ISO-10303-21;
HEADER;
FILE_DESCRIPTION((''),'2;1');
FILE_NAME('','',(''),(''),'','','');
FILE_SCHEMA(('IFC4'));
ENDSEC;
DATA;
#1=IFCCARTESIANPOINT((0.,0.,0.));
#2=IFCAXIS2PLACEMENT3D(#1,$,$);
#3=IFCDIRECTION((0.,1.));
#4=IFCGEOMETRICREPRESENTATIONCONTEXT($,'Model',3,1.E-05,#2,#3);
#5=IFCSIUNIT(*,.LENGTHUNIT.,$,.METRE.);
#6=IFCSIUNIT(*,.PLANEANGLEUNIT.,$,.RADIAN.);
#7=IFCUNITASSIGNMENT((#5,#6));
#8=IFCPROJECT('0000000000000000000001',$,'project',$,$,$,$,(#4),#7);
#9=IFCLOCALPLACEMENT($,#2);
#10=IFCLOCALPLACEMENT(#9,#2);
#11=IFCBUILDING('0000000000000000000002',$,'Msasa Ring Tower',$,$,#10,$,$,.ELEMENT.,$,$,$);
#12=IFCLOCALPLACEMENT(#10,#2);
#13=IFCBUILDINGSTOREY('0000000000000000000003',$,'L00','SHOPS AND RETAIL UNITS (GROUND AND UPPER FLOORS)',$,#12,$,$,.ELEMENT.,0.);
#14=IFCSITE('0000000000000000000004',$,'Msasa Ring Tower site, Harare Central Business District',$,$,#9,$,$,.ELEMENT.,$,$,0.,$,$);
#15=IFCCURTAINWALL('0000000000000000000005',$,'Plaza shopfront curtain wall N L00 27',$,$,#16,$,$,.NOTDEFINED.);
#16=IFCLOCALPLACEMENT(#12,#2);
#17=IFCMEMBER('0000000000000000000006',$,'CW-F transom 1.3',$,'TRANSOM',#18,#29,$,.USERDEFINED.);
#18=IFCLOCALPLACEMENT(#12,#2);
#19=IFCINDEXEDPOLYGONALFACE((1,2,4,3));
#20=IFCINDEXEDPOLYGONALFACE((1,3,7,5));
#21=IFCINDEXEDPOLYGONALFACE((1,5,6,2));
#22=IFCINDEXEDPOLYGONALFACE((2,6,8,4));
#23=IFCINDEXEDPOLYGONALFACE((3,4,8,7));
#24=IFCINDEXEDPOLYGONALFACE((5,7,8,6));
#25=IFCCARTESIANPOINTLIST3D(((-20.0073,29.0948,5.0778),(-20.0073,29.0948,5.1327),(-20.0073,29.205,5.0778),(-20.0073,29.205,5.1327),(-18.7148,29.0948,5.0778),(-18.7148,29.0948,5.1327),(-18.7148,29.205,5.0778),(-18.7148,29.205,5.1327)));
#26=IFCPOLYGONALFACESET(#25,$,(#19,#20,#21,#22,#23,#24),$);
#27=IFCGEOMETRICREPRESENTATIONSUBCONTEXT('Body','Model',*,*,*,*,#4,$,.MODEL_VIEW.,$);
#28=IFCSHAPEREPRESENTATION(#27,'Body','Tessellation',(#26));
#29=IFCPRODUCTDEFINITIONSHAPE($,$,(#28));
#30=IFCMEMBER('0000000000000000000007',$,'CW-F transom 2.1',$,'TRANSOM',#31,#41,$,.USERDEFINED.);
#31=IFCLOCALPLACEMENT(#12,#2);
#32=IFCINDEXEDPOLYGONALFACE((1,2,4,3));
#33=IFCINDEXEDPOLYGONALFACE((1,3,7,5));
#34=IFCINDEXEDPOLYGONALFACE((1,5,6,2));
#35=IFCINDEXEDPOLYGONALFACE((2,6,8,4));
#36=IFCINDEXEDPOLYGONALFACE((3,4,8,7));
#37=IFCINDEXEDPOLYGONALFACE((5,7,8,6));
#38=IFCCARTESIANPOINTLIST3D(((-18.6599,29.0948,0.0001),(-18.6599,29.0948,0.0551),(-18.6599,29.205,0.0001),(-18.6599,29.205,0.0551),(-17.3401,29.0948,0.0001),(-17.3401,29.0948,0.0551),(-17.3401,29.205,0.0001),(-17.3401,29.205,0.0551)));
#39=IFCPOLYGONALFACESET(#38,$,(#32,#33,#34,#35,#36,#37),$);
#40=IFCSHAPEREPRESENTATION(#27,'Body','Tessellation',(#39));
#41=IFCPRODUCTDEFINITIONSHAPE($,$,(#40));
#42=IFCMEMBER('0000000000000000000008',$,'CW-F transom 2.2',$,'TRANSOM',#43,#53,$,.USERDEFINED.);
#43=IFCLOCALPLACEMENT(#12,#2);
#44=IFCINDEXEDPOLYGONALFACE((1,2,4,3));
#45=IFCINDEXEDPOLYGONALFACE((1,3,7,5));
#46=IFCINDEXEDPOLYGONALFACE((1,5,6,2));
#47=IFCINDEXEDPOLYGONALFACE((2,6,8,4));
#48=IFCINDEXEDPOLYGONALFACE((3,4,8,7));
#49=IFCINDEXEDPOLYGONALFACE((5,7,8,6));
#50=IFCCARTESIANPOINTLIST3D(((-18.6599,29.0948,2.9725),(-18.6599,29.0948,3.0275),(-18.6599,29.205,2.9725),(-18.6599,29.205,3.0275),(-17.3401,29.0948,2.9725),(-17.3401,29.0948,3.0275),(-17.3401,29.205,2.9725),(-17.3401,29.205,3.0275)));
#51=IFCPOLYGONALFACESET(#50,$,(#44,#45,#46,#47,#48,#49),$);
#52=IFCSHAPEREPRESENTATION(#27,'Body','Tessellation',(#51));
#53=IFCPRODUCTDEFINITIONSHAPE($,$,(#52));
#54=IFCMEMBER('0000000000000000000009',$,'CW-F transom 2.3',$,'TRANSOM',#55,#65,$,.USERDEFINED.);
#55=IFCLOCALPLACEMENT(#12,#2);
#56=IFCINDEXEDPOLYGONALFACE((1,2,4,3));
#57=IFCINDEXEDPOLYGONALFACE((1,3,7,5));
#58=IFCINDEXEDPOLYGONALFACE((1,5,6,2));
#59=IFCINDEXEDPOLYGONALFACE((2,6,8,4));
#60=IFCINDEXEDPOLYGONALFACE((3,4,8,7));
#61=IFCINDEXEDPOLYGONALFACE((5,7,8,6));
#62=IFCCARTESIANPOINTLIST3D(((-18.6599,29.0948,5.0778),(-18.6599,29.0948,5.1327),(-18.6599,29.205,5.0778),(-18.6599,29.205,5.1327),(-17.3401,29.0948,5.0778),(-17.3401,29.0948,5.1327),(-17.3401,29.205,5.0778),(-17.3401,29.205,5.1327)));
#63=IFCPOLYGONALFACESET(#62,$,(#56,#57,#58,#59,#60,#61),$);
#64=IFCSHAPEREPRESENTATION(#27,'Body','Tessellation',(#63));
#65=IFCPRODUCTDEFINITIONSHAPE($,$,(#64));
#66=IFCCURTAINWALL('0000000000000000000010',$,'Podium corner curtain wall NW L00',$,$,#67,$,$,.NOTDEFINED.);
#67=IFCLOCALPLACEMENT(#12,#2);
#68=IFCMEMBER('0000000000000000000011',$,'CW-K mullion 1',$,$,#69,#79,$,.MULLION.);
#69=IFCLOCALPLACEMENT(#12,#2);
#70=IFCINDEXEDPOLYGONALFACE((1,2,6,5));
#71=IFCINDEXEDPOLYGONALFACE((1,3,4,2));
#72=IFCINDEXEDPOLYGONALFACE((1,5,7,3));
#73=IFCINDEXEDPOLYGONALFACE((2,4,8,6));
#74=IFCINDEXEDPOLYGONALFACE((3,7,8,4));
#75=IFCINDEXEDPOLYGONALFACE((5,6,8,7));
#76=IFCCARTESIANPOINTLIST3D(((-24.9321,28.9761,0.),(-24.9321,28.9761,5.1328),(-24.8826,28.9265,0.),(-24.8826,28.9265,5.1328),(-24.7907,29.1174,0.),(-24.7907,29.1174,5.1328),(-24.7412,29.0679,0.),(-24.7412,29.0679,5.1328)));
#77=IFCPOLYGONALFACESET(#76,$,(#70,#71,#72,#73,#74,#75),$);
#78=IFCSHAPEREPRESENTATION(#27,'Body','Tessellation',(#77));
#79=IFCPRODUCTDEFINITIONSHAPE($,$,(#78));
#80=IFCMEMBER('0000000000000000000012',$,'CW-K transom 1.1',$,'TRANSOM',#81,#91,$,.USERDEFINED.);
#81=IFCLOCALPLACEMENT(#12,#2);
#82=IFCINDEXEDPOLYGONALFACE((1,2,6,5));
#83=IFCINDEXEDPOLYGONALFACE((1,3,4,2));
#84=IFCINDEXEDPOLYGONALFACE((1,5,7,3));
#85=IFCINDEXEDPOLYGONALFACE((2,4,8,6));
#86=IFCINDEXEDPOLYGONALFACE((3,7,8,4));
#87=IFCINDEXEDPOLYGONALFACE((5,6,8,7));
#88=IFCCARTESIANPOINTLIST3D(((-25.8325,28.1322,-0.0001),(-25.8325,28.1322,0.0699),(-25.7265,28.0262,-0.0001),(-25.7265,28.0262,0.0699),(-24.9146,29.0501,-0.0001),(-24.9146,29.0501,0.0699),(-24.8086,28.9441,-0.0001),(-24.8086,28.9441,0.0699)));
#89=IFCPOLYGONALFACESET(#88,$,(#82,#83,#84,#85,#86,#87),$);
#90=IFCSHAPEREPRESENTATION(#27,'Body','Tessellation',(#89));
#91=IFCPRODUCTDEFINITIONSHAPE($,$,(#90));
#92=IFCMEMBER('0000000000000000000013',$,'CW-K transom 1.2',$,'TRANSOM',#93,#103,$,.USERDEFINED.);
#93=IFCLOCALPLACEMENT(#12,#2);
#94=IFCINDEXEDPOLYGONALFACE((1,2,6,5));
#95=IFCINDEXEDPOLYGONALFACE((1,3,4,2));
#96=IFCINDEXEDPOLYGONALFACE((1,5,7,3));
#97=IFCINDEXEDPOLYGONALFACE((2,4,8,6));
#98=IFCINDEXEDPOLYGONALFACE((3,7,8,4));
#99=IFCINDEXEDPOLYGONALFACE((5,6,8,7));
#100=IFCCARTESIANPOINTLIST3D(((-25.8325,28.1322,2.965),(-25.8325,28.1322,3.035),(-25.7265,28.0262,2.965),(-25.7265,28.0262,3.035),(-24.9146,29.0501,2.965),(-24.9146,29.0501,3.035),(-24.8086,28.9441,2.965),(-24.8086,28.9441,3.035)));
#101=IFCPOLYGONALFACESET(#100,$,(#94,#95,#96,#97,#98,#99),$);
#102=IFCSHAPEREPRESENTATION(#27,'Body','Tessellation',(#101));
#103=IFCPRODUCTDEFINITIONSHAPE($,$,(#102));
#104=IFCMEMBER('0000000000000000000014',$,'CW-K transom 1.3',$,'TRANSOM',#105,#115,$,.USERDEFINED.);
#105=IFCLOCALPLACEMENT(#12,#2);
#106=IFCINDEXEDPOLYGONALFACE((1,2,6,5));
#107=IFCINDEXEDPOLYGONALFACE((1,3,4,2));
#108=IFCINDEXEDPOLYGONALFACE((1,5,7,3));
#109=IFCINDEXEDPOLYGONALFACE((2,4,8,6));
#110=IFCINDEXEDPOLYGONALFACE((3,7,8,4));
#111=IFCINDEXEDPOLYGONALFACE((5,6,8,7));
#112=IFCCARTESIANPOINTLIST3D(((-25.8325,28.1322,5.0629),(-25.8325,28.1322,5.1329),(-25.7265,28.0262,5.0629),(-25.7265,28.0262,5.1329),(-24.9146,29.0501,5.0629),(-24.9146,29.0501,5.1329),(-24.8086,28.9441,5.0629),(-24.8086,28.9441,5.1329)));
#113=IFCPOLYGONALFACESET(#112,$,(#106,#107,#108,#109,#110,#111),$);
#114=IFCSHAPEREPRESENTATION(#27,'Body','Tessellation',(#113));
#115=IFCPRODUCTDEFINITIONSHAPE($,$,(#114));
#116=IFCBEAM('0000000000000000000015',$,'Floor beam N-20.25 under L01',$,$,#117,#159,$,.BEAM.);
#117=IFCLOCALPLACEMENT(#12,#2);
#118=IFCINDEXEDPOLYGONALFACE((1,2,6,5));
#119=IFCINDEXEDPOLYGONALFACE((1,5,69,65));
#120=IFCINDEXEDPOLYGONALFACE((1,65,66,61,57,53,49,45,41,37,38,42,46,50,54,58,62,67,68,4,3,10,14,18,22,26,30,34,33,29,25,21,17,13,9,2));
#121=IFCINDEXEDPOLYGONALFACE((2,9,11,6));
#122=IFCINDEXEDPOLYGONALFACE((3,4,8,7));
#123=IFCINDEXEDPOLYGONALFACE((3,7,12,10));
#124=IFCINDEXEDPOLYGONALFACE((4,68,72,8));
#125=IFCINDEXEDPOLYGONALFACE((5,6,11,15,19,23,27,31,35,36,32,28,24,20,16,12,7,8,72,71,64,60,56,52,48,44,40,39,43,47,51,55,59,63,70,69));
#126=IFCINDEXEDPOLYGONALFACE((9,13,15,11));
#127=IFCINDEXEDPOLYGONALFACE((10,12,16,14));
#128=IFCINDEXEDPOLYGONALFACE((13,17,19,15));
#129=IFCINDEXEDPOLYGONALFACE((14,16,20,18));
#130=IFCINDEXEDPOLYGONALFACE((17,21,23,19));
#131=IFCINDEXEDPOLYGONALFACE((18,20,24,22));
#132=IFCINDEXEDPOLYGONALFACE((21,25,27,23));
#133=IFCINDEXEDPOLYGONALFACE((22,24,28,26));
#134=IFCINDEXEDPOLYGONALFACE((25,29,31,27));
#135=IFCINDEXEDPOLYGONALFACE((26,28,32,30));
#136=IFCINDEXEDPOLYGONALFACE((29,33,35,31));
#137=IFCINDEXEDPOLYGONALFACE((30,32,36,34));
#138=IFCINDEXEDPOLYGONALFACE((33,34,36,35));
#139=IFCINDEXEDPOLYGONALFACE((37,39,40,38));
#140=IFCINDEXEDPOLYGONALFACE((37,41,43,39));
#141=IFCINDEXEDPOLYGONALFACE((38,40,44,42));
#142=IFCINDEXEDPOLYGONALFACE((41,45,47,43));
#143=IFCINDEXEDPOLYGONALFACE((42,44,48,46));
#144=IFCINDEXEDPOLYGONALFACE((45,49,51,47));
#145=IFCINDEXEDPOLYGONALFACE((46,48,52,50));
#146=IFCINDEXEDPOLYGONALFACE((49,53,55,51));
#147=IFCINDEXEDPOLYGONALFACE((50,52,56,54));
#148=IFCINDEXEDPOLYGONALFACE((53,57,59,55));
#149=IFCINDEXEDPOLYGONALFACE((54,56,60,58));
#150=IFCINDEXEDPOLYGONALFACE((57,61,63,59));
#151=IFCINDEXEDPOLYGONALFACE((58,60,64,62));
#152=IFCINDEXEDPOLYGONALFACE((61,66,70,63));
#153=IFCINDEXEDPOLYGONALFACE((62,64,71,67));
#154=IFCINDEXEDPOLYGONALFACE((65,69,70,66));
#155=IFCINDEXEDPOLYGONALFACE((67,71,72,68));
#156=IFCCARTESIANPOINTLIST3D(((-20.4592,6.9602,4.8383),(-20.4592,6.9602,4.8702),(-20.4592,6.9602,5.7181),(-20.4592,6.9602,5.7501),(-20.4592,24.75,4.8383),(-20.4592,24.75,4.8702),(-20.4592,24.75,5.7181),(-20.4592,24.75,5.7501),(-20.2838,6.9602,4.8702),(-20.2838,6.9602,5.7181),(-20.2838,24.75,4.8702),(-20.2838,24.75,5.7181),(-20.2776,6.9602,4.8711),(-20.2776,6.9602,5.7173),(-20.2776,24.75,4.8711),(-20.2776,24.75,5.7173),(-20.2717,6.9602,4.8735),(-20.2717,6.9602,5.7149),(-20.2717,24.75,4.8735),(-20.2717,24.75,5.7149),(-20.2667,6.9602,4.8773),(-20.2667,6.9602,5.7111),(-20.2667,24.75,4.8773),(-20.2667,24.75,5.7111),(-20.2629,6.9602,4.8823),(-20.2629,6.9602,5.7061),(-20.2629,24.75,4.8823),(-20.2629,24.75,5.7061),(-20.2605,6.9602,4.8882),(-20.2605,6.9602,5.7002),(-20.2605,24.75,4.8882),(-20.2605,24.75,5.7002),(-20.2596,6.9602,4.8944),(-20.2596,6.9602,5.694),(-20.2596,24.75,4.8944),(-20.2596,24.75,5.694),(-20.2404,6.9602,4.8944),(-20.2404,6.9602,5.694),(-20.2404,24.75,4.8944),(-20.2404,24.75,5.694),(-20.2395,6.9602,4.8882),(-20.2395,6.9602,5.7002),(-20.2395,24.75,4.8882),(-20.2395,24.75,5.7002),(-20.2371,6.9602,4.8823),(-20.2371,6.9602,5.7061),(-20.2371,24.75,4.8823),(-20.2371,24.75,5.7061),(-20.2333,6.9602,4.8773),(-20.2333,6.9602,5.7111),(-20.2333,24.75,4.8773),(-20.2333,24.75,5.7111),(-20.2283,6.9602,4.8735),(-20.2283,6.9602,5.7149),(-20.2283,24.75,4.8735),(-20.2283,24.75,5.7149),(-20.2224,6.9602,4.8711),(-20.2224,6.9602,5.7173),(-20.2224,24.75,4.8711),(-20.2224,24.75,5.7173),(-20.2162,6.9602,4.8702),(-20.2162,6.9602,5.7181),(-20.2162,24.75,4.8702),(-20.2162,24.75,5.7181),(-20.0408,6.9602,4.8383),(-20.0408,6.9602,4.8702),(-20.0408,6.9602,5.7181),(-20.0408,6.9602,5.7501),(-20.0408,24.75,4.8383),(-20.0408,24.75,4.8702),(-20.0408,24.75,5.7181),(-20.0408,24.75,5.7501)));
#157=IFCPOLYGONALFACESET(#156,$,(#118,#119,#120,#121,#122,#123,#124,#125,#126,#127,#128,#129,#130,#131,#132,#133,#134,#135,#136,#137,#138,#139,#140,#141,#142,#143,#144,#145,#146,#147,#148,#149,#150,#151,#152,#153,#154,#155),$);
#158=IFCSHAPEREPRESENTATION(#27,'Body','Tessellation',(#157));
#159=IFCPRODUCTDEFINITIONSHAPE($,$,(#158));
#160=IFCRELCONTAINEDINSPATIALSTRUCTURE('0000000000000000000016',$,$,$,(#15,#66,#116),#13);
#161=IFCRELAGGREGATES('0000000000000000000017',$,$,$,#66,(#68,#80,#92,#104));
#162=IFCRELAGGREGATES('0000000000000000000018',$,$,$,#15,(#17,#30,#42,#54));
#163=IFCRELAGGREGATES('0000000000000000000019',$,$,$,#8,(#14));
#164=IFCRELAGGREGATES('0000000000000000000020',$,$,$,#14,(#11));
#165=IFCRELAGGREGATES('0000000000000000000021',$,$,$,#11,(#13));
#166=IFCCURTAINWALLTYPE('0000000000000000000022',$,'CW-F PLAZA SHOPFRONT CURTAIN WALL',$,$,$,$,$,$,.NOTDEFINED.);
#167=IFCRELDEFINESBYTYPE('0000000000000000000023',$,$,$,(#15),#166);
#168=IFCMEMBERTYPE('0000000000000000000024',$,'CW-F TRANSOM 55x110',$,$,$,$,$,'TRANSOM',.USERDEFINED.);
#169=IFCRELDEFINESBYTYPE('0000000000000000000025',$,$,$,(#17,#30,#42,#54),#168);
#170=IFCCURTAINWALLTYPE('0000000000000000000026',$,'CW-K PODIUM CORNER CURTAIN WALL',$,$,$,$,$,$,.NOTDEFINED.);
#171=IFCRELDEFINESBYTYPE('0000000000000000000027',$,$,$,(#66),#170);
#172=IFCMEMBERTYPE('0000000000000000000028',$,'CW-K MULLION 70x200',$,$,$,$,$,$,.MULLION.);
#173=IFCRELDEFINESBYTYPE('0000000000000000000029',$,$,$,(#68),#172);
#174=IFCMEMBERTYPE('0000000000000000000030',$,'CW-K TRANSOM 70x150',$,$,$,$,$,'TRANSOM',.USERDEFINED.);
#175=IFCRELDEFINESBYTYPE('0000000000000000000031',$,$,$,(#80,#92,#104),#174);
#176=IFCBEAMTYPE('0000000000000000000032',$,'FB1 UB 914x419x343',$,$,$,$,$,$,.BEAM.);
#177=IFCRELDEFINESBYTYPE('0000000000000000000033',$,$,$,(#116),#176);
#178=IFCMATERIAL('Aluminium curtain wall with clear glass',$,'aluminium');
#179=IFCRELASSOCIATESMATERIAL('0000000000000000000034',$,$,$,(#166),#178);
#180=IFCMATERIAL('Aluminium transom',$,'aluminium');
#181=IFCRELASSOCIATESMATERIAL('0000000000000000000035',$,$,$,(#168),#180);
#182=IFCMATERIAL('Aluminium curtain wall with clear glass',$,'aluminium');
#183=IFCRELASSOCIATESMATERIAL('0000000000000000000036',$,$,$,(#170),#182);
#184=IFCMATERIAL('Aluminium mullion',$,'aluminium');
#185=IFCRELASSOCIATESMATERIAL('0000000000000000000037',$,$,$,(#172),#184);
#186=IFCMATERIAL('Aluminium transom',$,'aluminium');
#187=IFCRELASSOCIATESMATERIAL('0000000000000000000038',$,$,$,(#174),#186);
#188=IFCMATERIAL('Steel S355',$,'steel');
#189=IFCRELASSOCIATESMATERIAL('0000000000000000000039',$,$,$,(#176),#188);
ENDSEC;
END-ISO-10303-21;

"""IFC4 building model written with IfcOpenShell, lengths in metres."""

from ifc_helpers import new_model, si_unit, direction, frame, origin, origin_2d, place, context, subcontext, project, spatial, rectangle, i_section, extrude, material, material_profile, profile_set, type_object, element, aggregate, save


model = new_model("IFC4")

# Units and contexts
model_context = context("Model", 3, precision=1e-05, world=origin(), true_north=direction((0.0, 1.0)))
body_context = subcontext(model_context, "Body", "Model", "MODEL_VIEW")
ifc_project = project(units=[si_unit("LENGTHUNIT", "METRE"), si_unit("PLANEANGLEUNIT", "RADIAN")], contexts=[model_context])

# Site, building, storey
site_placement = place(None, origin())
site = spatial("IfcSite", under=ifc_project, at=site_placement, Name="Msasa Ring Tower site, Harare Central Business District", CompositionType="ELEMENT", RefElevation=0.0)
building_placement = place(site_placement, origin())
building = spatial("IfcBuilding", under=site, at=building_placement, Name="Msasa Ring Tower", CompositionType="ELEMENT")
storey_placement = place(building_placement, origin())
storey = spatial("IfcBuildingStorey", under=building, at=storey_placement, Name="L00", Description="SHOPS AND RETAIL UNITS (GROUND AND UPPER FLOORS)", CompositionType="ELEMENT", Elevation=0.0)

# Curtain walls, members
ifc_material_1 = material(Name="Aluminium curtain wall with clear glass", Category="aluminium")
curtain_wall_type_1 = type_object("IfcCurtainWallType", Name="CW-F PLAZA SHOPFRONT CURTAIN WALL", PredefinedType="NOTDEFINED", material=ifc_material_1)
curtain_wall_1_placement = place(storey_placement, origin())
curtain_wall_1 = element("IfcCurtainWall", 1, at=curtain_wall_1_placement, inside=storey, type_object=curtain_wall_type_1, Name="Plaza shopfront curtain wall N L00 27", PredefinedType="NOTDEFINED")
ifc_material_2 = material(Name="Aluminium transom", Category="aluminium")
ifc_material_profile_1 = material_profile(ifc_material_2, rectangle(XDim=0.1101, YDim=0.0549, at=origin_2d()), Name="AL 55x110")
ifc_profile_set_1 = profile_set([ifc_material_profile_1], Name="Aluminium transom")
member_type_1 = type_object("IfcMemberType", Name="CW-F TRANSOM 55x110", ElementType="TRANSOM", PredefinedType="USERDEFINED", material=ifc_profile_set_1)
member_1_placement = place(storey_placement, frame((-20.0073, 29.1499, 5.1052), z_axis=(1.0, 0.0, 0.0), x_axis=(0.0, 1.0, 0.0)))
member_1 = element("IfcMember", 2, at=member_1_placement, type_object=member_type_1, Name="CW-F transom 1.3", ObjectType="TRANSOM", PredefinedType="USERDEFINED", context=body_context, shape_type="SweptSolid", body=[
    extrude(rectangle(XDim=0.1101, YDim=0.0549, at=origin_2d()), origin(), (0.0, 0.0, 1.0), 1.2925),
])
member_2_placement = place(storey_placement, frame((-18.6599, 29.1499, 0.0276), z_axis=(1.0, 0.0, 0.0), x_axis=(0.0, 1.0, 0.0)))
member_2 = element("IfcMember", 3, at=member_2_placement, type_object=member_type_1, Name="CW-F transom 2.1", ObjectType="TRANSOM", PredefinedType="USERDEFINED", context=body_context, shape_type="SweptSolid", body=[
    extrude(rectangle(XDim=0.1101, YDim=0.0549, at=origin_2d()), origin(), (0.0, 0.0, 1.0), 1.3198),
])
member_3_placement = place(storey_placement, frame((-18.6599, 29.1499, 3.0), z_axis=(1.0, 0.0, 0.0), x_axis=(0.0, 1.0, 0.0)))
member_3 = element("IfcMember", 4, at=member_3_placement, type_object=member_type_1, Name="CW-F transom 2.2", ObjectType="TRANSOM", PredefinedType="USERDEFINED", context=body_context, shape_type="SweptSolid", body=[
    extrude(rectangle(XDim=0.1101, YDim=0.0549, at=origin_2d()), origin(), (0.0, 0.0, 1.0), 1.3198),
])
member_4_placement = place(storey_placement, frame((-18.6599, 29.1499, 5.1052), z_axis=(1.0, 0.0, 0.0), x_axis=(0.0, 1.0, 0.0)))
member_4 = element("IfcMember", 5, at=member_4_placement, type_object=member_type_1, Name="CW-F transom 2.3", ObjectType="TRANSOM", PredefinedType="USERDEFINED", context=body_context, shape_type="SweptSolid", body=[
    extrude(rectangle(XDim=0.1101, YDim=0.0549, at=origin_2d()), origin(), (0.0, 0.0, 1.0), 1.3198),
])
ifc_material_3 = material(Name="Aluminium curtain wall with clear glass", Category="aluminium")
curtain_wall_type_2 = type_object("IfcCurtainWallType", Name="CW-K PODIUM CORNER CURTAIN WALL", PredefinedType="NOTDEFINED", material=ifc_material_3)
curtain_wall_2_placement = place(storey_placement, origin())
curtain_wall_2 = element("IfcCurtainWall", 6, at=curtain_wall_2_placement, inside=storey, type_object=curtain_wall_type_2, Name="Podium corner curtain wall NW L00", PredefinedType="NOTDEFINED")
ifc_material_4 = material(Name="Aluminium mullion", Category="aluminium")
ifc_material_profile_2 = material_profile(ifc_material_4, rectangle(XDim=0.0701, YDim=0.2, at=origin_2d()), Name="AL 70x200")
ifc_profile_set_2 = profile_set([ifc_material_profile_2], Name="Aluminium mullion")
member_type_2 = type_object("IfcMemberType", Name="CW-K MULLION 70x200", PredefinedType="MULLION", material=ifc_profile_set_2)
member_5_placement = place(storey_placement, frame((-24.8367, 29.022, 0.0), z_axis=(0.0, 0.0, 1.0), x_axis=(0.707107, -0.707107, 0.0)))
member_5 = element("IfcMember", 7, at=member_5_placement, type_object=member_type_2, Name="CW-K mullion 1", PredefinedType="MULLION", context=body_context, shape_type="SweptSolid", body=[
    extrude(rectangle(XDim=0.0701, YDim=0.2, at=origin_2d()), origin(), (0.0, 0.0, 1.0), 5.1328),
])
ifc_material_5 = material(Name="Aluminium transom", Category="aluminium")
ifc_material_profile_3 = material_profile(ifc_material_5, rectangle(XDim=0.1499, YDim=0.0701, at=origin_2d()), Name="AL 70x150")
ifc_profile_set_3 = profile_set([ifc_material_profile_3], Name="Aluminium transom")
member_type_3 = type_object("IfcMemberType", Name="CW-K TRANSOM 70x150", ElementType="TRANSOM", PredefinedType="USERDEFINED", material=ifc_profile_set_3)
member_6_placement = place(storey_placement, frame((-24.8616, 28.9971, 0.0349), z_axis=(-0.707107, -0.707107, 0.0), x_axis=(0.707107, -0.707107, 0.0)))
member_6 = element("IfcMember", 8, at=member_6_placement, type_object=member_type_3, Name="CW-K transom 1.1", ObjectType="TRANSOM", PredefinedType="USERDEFINED", context=body_context, shape_type="SweptSolid", body=[
    extrude(rectangle(XDim=0.1499, YDim=0.0701, at=origin_2d()), origin(), (0.0, 0.0, 1.0), 1.2981),
])
member_7_placement = place(storey_placement, frame((-24.8616, 28.9971, 3.0), z_axis=(-0.707107, -0.707107, 0.0), x_axis=(0.707107, -0.707107, 0.0)))
member_7 = element("IfcMember", 9, at=member_7_placement, type_object=member_type_3, Name="CW-K transom 1.2", ObjectType="TRANSOM", PredefinedType="USERDEFINED", context=body_context, shape_type="SweptSolid", body=[
    extrude(rectangle(XDim=0.1499, YDim=0.0701, at=origin_2d()), origin(), (0.0, 0.0, 1.0), 1.2981),
])
member_8_placement = place(storey_placement, frame((-24.8616, 28.9971, 5.0979), z_axis=(-0.707107, -0.707107, 0.0), x_axis=(0.707107, -0.707107, 0.0)))
member_8 = element("IfcMember", 10, at=member_8_placement, type_object=member_type_3, Name="CW-K transom 1.3", ObjectType="TRANSOM", PredefinedType="USERDEFINED", context=body_context, shape_type="SweptSolid", body=[
    extrude(rectangle(XDim=0.1499, YDim=0.0701, at=origin_2d()), origin(), (0.0, 0.0, 1.0), 1.2981),
])
aggregate(curtain_wall_2, [member_5, member_6, member_7, member_8])

# Beam
ifc_material_6 = material(Name="Steel S355", Category="steel")
ifc_material_profile_4 = material_profile(ifc_material_6, i_section(OverallWidth=0.4185, OverallDepth=0.9119, WebThickness=0.0193, FlangeThickness=0.032, FilletRadius=0.0242, at=origin_2d()), Name="UB 914x419x343")
ifc_profile_set_4 = profile_set([ifc_material_profile_4], Name="Steel S355")
beam_type_1 = type_object("IfcBeamType", Name="FB1 UB 914x419x343", PredefinedType="BEAM", material=ifc_profile_set_4)
beam_1_placement = place(storey_placement, frame((-20.25, 24.75, 5.2942), z_axis=(0.0, -1.0, 0.0), x_axis=(1.0, 0.0, 0.0)))
element("IfcBeam", 11, at=beam_1_placement, inside=storey, type_object=beam_type_1, Name="Floor beam N-20.25 under L01", PredefinedType="BEAM", context=body_context, shape_type="SweptSolid", body=[
    extrude(i_section(OverallWidth=0.4185, OverallDepth=0.9119, WebThickness=0.0193, FlangeThickness=0.032, FilletRadius=0.0242, at=origin_2d()), origin(), (0.0, 0.0, 1.0), 17.7898),
])

aggregate(curtain_wall_1, [member_1, member_2, member_3, member_4])

save(model, "model.ifc")
